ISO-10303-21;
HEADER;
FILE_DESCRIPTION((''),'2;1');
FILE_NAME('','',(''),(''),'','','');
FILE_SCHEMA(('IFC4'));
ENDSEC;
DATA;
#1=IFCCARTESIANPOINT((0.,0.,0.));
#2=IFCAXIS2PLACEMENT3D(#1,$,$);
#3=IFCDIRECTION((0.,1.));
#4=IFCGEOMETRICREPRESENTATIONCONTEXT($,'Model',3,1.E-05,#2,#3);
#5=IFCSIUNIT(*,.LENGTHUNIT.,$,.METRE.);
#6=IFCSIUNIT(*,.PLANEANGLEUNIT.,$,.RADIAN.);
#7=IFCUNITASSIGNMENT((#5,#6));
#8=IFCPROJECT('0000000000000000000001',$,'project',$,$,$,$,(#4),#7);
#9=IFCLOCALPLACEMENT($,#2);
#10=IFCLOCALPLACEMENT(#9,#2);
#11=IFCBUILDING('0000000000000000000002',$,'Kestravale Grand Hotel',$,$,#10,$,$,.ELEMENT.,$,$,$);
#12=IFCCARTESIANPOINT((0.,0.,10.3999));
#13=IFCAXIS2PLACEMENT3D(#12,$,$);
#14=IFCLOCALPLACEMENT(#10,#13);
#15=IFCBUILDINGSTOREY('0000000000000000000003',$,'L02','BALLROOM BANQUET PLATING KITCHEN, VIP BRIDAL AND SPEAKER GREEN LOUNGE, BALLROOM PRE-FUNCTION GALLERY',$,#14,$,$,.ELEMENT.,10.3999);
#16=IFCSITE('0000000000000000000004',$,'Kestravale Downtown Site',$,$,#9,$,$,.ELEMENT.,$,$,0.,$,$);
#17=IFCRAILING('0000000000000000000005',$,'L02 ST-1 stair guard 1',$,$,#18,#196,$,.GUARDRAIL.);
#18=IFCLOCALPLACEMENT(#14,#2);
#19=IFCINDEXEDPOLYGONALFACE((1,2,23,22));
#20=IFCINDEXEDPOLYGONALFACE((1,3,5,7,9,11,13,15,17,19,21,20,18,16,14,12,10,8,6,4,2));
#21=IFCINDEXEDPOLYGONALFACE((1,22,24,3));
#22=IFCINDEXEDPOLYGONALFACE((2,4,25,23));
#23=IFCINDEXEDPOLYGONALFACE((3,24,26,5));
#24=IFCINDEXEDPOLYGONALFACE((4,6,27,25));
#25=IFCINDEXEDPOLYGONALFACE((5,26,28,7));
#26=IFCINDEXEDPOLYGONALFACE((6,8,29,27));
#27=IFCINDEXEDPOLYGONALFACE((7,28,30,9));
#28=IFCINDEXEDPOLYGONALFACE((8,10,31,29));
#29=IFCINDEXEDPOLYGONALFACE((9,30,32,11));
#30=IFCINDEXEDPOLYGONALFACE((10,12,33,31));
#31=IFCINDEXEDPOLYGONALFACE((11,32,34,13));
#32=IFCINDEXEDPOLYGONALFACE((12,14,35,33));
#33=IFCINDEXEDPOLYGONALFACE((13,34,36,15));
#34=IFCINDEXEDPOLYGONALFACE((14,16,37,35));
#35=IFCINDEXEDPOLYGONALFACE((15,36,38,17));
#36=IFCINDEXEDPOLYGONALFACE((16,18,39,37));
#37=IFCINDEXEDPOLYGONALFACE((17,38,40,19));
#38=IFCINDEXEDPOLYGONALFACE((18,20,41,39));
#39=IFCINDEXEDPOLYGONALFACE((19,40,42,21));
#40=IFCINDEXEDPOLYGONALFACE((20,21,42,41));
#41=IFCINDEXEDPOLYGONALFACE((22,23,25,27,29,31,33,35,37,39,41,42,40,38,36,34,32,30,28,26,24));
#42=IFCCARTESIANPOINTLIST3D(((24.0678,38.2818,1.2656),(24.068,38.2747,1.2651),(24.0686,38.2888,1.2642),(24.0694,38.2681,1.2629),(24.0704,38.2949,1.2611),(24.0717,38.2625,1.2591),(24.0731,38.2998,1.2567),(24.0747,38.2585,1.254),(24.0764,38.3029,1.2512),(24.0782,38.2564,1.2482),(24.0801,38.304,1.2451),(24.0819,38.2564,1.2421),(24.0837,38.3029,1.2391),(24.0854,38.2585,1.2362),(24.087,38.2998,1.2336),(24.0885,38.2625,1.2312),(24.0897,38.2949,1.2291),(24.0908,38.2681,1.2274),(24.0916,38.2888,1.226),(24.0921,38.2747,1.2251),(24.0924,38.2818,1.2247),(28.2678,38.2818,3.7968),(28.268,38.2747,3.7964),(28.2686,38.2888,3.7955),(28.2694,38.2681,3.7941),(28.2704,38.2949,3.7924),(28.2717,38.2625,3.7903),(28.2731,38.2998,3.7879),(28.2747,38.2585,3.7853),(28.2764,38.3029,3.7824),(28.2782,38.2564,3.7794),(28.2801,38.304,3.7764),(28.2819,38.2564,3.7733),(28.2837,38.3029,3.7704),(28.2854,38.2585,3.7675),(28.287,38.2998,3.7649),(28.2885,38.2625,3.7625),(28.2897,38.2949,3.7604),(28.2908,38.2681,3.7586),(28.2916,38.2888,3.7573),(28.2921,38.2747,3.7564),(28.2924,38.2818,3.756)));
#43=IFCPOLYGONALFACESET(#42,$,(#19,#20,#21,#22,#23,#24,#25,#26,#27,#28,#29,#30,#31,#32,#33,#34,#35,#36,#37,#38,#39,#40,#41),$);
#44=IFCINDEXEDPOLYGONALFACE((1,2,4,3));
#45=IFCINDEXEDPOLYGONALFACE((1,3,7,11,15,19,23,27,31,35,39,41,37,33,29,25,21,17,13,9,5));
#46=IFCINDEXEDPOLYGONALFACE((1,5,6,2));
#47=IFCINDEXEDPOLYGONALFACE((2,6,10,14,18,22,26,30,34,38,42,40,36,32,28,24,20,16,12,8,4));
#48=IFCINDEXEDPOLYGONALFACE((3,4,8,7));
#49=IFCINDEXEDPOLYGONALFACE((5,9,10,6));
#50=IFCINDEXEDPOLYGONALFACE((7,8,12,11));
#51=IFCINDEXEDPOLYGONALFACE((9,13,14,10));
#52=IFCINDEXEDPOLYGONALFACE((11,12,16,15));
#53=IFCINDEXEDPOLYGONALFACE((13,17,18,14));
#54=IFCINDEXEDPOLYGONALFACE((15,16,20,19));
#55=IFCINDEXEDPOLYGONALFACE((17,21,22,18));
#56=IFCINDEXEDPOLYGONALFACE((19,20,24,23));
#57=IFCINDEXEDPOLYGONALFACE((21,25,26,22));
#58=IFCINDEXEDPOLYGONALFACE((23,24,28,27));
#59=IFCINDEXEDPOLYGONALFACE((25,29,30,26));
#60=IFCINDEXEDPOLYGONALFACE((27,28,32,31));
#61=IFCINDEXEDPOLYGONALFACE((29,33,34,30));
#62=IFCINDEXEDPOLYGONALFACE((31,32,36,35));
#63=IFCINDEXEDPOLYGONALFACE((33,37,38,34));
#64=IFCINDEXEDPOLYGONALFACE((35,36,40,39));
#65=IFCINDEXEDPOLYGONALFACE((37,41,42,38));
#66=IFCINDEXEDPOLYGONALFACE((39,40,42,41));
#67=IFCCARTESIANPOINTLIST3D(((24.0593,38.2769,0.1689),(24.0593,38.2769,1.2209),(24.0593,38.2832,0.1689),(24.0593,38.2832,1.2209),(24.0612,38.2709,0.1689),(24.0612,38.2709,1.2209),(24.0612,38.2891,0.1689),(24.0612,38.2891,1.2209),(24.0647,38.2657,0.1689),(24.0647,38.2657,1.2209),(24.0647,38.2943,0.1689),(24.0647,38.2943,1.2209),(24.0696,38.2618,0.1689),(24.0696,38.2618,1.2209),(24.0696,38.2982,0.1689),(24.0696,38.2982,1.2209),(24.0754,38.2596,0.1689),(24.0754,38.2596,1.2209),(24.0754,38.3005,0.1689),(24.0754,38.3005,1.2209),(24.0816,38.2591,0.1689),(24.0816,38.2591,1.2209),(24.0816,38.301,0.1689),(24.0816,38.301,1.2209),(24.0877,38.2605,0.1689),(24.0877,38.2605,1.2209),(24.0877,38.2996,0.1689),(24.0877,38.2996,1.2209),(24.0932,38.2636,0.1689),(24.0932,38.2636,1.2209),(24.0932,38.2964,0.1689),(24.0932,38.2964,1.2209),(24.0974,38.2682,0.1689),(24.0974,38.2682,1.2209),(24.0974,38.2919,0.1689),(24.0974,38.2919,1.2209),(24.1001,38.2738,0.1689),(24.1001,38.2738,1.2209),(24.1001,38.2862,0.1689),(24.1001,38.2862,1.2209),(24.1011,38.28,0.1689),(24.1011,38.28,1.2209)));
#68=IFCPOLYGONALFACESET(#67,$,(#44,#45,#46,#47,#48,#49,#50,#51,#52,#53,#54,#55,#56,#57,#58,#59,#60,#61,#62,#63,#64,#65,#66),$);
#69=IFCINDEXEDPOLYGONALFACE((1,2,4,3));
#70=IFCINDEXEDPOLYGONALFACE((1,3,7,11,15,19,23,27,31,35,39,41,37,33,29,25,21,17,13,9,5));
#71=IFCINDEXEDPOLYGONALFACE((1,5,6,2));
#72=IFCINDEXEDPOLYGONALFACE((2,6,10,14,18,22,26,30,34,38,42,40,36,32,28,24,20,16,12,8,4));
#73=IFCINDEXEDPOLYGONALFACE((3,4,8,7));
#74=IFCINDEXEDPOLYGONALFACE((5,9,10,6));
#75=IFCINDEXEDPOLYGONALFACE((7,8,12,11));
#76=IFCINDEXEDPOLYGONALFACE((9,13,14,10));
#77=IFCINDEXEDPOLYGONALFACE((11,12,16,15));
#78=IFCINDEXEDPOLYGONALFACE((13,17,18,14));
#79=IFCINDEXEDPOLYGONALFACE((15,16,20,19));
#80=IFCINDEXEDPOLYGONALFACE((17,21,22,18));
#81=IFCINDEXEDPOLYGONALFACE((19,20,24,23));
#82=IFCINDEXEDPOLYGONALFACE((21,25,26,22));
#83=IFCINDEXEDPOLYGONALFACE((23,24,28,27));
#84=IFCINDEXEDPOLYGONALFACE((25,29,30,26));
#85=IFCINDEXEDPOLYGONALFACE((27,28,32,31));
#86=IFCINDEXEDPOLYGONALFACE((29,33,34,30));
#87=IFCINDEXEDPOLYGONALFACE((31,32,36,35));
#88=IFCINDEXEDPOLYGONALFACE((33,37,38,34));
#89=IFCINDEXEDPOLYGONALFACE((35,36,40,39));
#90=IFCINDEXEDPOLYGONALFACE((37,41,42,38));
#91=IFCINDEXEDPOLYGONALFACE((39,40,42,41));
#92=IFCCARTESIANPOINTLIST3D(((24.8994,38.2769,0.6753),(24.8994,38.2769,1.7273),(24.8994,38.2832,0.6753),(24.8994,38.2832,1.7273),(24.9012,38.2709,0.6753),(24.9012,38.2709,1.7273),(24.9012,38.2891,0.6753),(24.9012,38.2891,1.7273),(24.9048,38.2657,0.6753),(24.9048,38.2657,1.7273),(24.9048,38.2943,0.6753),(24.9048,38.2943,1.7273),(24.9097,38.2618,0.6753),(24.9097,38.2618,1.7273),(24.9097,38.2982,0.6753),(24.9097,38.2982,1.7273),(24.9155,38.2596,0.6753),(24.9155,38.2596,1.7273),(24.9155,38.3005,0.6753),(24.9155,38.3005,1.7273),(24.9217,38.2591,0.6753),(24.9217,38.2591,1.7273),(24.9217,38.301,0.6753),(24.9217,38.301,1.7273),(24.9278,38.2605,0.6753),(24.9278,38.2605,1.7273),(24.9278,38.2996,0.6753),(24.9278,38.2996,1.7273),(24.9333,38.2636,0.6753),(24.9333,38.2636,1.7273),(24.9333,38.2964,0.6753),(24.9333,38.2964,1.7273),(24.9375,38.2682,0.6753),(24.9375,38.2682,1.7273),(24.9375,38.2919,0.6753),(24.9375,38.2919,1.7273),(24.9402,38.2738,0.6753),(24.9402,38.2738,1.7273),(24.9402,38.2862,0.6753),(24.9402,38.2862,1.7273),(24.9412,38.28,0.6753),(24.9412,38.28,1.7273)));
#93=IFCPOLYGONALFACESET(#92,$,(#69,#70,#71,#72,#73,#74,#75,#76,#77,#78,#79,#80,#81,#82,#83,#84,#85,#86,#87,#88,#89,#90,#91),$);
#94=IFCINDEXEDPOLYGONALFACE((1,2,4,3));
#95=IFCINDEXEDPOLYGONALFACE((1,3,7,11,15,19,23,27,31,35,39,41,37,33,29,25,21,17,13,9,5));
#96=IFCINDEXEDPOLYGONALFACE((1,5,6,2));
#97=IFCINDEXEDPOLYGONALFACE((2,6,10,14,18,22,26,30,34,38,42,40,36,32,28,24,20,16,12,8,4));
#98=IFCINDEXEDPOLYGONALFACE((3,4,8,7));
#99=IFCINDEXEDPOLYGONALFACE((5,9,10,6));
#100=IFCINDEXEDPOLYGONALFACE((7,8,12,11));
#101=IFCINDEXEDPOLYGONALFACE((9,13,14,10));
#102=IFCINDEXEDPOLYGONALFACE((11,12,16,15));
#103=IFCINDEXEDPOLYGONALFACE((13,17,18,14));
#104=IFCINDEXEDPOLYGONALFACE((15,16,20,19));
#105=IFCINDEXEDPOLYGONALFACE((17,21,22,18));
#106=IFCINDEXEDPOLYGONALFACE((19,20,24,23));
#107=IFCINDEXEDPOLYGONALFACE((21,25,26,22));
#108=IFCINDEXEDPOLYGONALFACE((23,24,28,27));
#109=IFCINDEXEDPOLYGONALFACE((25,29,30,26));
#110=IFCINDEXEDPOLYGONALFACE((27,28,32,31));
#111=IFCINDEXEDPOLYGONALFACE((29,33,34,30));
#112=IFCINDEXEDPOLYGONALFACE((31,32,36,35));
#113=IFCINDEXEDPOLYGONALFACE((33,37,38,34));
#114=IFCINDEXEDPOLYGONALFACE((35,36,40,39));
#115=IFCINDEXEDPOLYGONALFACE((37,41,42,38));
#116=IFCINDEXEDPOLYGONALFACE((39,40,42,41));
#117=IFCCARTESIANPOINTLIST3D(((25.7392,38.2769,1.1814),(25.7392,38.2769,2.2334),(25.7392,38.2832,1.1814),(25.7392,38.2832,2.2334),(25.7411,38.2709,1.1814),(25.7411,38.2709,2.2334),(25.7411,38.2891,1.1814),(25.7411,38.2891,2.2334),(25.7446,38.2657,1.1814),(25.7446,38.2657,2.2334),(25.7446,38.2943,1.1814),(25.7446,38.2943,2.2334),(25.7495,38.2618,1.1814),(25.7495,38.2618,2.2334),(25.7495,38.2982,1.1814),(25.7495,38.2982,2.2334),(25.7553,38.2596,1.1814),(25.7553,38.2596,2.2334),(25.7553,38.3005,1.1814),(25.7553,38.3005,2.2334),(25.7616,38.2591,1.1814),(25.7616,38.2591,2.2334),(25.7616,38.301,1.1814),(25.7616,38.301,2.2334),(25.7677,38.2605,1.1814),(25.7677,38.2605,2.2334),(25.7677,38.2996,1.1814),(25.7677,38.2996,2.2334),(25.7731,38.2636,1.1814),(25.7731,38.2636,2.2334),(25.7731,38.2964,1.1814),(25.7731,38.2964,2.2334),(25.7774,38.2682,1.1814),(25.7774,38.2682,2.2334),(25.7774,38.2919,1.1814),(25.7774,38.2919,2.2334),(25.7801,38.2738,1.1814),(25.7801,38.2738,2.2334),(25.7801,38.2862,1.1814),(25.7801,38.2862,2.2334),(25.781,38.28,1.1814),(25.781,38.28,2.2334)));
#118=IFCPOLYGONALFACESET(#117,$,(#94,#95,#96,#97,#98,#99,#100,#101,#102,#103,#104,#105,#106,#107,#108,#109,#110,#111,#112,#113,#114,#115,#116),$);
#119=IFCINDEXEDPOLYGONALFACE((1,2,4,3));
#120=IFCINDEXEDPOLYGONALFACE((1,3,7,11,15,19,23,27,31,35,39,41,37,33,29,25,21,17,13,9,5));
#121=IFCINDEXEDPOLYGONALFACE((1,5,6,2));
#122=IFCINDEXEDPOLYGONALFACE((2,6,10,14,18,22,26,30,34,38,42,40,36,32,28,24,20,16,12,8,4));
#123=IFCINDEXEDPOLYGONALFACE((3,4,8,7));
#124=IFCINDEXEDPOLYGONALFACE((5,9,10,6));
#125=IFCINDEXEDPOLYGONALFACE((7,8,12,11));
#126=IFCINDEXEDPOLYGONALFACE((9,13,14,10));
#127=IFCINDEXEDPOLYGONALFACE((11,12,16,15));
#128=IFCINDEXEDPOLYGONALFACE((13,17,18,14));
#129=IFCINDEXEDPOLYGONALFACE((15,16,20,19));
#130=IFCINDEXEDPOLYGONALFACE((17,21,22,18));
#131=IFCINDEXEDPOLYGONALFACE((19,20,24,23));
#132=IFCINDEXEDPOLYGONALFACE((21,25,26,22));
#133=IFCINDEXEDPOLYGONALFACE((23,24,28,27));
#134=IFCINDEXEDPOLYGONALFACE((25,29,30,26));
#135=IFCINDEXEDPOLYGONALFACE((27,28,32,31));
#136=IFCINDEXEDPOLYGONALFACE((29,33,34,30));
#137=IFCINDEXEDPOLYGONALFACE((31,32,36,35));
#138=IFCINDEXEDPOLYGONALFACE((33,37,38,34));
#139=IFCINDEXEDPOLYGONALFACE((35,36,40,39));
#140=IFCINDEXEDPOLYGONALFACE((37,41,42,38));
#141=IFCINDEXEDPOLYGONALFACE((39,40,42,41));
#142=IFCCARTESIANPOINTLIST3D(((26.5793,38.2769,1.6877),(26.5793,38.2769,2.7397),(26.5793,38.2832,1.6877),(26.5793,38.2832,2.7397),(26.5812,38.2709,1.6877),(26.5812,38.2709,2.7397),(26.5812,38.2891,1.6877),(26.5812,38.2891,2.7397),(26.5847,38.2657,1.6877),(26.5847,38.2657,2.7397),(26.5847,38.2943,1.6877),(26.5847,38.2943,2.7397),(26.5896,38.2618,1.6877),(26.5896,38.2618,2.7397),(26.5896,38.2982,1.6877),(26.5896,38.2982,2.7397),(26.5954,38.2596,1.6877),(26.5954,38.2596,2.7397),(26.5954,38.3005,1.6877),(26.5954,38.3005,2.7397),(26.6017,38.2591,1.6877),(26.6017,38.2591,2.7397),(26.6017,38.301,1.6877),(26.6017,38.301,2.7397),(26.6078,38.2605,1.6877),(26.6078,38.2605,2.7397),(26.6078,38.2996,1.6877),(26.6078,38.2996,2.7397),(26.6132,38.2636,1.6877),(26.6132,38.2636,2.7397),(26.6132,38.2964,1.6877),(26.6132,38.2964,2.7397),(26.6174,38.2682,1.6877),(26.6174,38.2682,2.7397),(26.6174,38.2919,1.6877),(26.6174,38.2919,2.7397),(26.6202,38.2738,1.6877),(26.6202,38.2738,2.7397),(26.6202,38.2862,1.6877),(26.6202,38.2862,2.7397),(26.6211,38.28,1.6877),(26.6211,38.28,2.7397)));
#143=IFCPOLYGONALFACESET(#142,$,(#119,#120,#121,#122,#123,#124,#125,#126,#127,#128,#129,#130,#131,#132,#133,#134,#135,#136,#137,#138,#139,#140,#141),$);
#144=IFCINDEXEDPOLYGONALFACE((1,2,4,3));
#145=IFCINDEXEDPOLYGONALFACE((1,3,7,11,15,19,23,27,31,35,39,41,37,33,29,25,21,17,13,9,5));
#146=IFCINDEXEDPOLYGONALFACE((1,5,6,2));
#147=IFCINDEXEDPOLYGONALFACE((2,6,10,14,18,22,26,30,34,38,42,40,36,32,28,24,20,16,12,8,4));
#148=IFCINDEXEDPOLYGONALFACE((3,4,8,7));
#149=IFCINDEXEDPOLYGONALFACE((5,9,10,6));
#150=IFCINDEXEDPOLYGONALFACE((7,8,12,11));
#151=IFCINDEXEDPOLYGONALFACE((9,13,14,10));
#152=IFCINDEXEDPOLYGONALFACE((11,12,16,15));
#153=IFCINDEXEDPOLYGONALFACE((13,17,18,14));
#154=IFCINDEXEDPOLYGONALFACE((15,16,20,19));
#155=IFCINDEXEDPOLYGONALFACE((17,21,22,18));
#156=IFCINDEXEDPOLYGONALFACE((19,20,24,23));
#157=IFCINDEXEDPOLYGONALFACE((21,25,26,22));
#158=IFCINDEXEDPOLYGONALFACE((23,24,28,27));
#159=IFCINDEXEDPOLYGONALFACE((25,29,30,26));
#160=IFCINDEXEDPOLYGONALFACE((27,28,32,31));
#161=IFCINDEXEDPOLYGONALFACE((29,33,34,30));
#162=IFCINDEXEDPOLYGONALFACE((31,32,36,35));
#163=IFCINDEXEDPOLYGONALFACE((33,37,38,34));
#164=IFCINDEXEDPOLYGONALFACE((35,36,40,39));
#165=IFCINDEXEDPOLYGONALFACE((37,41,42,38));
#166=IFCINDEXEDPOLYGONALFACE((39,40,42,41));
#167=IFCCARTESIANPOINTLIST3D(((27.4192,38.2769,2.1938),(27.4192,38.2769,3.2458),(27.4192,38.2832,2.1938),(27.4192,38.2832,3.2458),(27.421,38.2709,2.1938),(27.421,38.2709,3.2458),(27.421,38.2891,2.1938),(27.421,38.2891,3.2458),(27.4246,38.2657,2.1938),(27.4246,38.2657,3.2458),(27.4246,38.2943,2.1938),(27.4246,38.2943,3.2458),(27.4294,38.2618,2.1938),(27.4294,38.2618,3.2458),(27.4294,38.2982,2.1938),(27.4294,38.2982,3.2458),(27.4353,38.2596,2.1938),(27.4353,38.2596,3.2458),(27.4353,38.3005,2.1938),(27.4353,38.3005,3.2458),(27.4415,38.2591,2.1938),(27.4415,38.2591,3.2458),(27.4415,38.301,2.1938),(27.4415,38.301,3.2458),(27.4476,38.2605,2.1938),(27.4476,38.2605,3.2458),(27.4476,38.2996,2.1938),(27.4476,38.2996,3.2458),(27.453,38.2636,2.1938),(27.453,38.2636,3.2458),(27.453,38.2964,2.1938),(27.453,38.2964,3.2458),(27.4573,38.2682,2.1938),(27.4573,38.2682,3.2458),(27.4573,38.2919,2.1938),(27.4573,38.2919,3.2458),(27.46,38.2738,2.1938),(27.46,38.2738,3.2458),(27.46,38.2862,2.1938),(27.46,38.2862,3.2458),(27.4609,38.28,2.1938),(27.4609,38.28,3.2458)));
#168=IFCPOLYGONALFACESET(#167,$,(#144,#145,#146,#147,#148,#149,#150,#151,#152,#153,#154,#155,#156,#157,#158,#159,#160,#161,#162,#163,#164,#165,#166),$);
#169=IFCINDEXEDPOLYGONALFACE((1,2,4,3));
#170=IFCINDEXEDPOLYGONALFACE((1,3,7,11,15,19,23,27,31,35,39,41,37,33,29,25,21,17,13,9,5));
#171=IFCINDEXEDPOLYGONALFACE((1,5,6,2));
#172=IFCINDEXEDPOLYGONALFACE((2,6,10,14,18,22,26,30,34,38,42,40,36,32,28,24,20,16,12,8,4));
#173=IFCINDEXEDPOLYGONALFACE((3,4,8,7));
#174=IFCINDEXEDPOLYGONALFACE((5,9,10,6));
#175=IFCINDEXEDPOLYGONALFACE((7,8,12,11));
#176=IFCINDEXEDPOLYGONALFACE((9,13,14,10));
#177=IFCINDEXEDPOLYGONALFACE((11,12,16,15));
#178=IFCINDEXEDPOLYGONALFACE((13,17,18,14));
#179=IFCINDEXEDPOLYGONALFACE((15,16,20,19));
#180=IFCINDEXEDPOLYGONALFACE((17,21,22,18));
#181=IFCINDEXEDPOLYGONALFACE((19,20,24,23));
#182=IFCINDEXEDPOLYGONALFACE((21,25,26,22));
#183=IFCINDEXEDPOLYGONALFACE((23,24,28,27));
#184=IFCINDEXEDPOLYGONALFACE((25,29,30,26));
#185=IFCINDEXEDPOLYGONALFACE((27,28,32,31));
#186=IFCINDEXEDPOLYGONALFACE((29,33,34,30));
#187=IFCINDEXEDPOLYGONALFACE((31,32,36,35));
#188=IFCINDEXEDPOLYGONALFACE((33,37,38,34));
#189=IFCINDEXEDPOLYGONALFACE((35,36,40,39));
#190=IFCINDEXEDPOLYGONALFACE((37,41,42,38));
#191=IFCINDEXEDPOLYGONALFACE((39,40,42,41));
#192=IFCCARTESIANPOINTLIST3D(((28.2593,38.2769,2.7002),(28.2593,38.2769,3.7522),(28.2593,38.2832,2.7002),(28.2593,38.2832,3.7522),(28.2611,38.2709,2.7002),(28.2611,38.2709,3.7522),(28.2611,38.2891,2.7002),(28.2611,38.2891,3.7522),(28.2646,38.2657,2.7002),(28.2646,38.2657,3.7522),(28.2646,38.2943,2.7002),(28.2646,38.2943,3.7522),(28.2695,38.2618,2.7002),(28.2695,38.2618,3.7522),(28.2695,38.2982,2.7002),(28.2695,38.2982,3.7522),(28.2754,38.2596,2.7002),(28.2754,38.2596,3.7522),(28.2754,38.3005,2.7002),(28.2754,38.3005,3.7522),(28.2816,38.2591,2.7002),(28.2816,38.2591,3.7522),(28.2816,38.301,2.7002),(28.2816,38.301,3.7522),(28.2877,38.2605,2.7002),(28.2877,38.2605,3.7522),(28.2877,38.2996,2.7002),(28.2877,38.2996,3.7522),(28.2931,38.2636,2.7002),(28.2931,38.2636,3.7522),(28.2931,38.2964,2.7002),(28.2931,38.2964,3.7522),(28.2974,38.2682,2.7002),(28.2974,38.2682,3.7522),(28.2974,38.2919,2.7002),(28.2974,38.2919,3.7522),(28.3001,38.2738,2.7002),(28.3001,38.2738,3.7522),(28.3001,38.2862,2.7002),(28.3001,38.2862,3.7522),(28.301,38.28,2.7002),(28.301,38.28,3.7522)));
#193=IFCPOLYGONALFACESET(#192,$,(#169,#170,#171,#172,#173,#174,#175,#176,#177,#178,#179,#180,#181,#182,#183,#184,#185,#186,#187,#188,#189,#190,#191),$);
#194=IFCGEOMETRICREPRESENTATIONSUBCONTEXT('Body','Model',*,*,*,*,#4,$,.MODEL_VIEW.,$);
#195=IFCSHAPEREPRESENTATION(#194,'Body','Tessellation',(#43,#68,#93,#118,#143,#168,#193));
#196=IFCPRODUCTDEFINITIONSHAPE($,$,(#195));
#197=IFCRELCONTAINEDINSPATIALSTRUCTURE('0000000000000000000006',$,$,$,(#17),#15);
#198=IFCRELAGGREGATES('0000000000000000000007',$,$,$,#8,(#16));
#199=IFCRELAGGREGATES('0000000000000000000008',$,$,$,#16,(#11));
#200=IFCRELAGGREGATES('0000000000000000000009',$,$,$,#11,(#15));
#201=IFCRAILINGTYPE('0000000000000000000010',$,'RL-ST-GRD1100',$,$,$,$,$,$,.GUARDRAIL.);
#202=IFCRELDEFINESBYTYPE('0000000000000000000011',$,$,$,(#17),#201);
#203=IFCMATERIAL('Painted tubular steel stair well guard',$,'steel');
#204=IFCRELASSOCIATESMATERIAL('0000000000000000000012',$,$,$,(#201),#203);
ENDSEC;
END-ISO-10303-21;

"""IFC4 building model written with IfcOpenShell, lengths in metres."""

from ifc_helpers import new_model, si_unit, direction, frame, origin, origin_2d, place, context, subcontext, project, spatial, circle, extrude, material, type_object, element, save


model = new_model("IFC4")

# Units and contexts
model_context = context("Model", 3, precision=1e-05, world=origin(), true_north=direction((0.0, 1.0)))
body_context = subcontext(model_context, "Body", "Model", "MODEL_VIEW")
ifc_project = project(units=[si_unit("LENGTHUNIT", "METRE"), si_unit("PLANEANGLEUNIT", "RADIAN")], contexts=[model_context])

# Site, building, storey
site_placement = place(None, origin())
site = spatial("IfcSite", under=ifc_project, at=site_placement, Name="Kestravale Downtown Site", CompositionType="ELEMENT", RefElevation=0.0)
building_placement = place(site_placement, origin())
building = spatial("IfcBuilding", under=site, at=building_placement, Name="Kestravale Grand Hotel", CompositionType="ELEMENT")
storey_placement = place(building_placement, frame((0.0, 0.0, 10.3999)))
storey = spatial("IfcBuildingStorey", under=building, at=storey_placement, Name="L02", Description="BALLROOM BANQUET PLATING KITCHEN, VIP BRIDAL AND SPEAKER GREEN LOUNGE, BALLROOM PRE-FUNCTION GALLERY", CompositionType="ELEMENT", Elevation=10.3999)

# Railing
ifc_material_1 = material(Name="Painted tubular steel stair well guard", Category="steel")
railing_type_1 = type_object("IfcRailingType", Name="RL-ST-GRD1100", PredefinedType="GUARDRAIL", material=ifc_material_1)
railing_1_placement = place(storey_placement, frame((24.0801, 38.28, 0.1689)))
element("IfcRailing", 1, at=railing_1_placement, inside=storey, type_object=railing_type_1, Name="L02 ST-1 stair guard 1", PredefinedType="GUARDRAIL", context=body_context, shape_type="SweptSolid", body=[
    extrude(circle(Radius=0.0239, at=origin_2d()), frame((0.0, 0.0, 1.0762), z_axis=(0.856476, 0.0, 0.516186), x_axis=(0.0, 1.0, 0.0)), (0.0, 0.0, 1.0), 4.9038),
    extrude(circle(Radius=0.021, at=origin_2d()), origin(), (0.0, 0.0, 1.0), 1.052),
    extrude(circle(Radius=0.021, at=origin_2d()), frame((0.8401, 0.0, 0.5063)), (0.0, 0.0, 1.0), 1.052),
    extrude(circle(Radius=0.021, at=origin_2d()), frame((1.6799, 0.0, 1.0125)), (0.0, 0.0, 1.0), 1.052),
    extrude(circle(Radius=0.021, at=origin_2d()), frame((2.52, 0.0, 1.5188)), (0.0, 0.0, 1.0), 1.052),
    extrude(circle(Radius=0.021, at=origin_2d()), frame((3.3599, 0.0, 2.0249)), (0.0, 0.0, 1.0), 1.052),
    extrude(circle(Radius=0.021, at=origin_2d()), frame((4.2, 0.0, 2.5312)), (0.0, 0.0, 1.0), 1.052),
])

save(model, "model.ifc")
